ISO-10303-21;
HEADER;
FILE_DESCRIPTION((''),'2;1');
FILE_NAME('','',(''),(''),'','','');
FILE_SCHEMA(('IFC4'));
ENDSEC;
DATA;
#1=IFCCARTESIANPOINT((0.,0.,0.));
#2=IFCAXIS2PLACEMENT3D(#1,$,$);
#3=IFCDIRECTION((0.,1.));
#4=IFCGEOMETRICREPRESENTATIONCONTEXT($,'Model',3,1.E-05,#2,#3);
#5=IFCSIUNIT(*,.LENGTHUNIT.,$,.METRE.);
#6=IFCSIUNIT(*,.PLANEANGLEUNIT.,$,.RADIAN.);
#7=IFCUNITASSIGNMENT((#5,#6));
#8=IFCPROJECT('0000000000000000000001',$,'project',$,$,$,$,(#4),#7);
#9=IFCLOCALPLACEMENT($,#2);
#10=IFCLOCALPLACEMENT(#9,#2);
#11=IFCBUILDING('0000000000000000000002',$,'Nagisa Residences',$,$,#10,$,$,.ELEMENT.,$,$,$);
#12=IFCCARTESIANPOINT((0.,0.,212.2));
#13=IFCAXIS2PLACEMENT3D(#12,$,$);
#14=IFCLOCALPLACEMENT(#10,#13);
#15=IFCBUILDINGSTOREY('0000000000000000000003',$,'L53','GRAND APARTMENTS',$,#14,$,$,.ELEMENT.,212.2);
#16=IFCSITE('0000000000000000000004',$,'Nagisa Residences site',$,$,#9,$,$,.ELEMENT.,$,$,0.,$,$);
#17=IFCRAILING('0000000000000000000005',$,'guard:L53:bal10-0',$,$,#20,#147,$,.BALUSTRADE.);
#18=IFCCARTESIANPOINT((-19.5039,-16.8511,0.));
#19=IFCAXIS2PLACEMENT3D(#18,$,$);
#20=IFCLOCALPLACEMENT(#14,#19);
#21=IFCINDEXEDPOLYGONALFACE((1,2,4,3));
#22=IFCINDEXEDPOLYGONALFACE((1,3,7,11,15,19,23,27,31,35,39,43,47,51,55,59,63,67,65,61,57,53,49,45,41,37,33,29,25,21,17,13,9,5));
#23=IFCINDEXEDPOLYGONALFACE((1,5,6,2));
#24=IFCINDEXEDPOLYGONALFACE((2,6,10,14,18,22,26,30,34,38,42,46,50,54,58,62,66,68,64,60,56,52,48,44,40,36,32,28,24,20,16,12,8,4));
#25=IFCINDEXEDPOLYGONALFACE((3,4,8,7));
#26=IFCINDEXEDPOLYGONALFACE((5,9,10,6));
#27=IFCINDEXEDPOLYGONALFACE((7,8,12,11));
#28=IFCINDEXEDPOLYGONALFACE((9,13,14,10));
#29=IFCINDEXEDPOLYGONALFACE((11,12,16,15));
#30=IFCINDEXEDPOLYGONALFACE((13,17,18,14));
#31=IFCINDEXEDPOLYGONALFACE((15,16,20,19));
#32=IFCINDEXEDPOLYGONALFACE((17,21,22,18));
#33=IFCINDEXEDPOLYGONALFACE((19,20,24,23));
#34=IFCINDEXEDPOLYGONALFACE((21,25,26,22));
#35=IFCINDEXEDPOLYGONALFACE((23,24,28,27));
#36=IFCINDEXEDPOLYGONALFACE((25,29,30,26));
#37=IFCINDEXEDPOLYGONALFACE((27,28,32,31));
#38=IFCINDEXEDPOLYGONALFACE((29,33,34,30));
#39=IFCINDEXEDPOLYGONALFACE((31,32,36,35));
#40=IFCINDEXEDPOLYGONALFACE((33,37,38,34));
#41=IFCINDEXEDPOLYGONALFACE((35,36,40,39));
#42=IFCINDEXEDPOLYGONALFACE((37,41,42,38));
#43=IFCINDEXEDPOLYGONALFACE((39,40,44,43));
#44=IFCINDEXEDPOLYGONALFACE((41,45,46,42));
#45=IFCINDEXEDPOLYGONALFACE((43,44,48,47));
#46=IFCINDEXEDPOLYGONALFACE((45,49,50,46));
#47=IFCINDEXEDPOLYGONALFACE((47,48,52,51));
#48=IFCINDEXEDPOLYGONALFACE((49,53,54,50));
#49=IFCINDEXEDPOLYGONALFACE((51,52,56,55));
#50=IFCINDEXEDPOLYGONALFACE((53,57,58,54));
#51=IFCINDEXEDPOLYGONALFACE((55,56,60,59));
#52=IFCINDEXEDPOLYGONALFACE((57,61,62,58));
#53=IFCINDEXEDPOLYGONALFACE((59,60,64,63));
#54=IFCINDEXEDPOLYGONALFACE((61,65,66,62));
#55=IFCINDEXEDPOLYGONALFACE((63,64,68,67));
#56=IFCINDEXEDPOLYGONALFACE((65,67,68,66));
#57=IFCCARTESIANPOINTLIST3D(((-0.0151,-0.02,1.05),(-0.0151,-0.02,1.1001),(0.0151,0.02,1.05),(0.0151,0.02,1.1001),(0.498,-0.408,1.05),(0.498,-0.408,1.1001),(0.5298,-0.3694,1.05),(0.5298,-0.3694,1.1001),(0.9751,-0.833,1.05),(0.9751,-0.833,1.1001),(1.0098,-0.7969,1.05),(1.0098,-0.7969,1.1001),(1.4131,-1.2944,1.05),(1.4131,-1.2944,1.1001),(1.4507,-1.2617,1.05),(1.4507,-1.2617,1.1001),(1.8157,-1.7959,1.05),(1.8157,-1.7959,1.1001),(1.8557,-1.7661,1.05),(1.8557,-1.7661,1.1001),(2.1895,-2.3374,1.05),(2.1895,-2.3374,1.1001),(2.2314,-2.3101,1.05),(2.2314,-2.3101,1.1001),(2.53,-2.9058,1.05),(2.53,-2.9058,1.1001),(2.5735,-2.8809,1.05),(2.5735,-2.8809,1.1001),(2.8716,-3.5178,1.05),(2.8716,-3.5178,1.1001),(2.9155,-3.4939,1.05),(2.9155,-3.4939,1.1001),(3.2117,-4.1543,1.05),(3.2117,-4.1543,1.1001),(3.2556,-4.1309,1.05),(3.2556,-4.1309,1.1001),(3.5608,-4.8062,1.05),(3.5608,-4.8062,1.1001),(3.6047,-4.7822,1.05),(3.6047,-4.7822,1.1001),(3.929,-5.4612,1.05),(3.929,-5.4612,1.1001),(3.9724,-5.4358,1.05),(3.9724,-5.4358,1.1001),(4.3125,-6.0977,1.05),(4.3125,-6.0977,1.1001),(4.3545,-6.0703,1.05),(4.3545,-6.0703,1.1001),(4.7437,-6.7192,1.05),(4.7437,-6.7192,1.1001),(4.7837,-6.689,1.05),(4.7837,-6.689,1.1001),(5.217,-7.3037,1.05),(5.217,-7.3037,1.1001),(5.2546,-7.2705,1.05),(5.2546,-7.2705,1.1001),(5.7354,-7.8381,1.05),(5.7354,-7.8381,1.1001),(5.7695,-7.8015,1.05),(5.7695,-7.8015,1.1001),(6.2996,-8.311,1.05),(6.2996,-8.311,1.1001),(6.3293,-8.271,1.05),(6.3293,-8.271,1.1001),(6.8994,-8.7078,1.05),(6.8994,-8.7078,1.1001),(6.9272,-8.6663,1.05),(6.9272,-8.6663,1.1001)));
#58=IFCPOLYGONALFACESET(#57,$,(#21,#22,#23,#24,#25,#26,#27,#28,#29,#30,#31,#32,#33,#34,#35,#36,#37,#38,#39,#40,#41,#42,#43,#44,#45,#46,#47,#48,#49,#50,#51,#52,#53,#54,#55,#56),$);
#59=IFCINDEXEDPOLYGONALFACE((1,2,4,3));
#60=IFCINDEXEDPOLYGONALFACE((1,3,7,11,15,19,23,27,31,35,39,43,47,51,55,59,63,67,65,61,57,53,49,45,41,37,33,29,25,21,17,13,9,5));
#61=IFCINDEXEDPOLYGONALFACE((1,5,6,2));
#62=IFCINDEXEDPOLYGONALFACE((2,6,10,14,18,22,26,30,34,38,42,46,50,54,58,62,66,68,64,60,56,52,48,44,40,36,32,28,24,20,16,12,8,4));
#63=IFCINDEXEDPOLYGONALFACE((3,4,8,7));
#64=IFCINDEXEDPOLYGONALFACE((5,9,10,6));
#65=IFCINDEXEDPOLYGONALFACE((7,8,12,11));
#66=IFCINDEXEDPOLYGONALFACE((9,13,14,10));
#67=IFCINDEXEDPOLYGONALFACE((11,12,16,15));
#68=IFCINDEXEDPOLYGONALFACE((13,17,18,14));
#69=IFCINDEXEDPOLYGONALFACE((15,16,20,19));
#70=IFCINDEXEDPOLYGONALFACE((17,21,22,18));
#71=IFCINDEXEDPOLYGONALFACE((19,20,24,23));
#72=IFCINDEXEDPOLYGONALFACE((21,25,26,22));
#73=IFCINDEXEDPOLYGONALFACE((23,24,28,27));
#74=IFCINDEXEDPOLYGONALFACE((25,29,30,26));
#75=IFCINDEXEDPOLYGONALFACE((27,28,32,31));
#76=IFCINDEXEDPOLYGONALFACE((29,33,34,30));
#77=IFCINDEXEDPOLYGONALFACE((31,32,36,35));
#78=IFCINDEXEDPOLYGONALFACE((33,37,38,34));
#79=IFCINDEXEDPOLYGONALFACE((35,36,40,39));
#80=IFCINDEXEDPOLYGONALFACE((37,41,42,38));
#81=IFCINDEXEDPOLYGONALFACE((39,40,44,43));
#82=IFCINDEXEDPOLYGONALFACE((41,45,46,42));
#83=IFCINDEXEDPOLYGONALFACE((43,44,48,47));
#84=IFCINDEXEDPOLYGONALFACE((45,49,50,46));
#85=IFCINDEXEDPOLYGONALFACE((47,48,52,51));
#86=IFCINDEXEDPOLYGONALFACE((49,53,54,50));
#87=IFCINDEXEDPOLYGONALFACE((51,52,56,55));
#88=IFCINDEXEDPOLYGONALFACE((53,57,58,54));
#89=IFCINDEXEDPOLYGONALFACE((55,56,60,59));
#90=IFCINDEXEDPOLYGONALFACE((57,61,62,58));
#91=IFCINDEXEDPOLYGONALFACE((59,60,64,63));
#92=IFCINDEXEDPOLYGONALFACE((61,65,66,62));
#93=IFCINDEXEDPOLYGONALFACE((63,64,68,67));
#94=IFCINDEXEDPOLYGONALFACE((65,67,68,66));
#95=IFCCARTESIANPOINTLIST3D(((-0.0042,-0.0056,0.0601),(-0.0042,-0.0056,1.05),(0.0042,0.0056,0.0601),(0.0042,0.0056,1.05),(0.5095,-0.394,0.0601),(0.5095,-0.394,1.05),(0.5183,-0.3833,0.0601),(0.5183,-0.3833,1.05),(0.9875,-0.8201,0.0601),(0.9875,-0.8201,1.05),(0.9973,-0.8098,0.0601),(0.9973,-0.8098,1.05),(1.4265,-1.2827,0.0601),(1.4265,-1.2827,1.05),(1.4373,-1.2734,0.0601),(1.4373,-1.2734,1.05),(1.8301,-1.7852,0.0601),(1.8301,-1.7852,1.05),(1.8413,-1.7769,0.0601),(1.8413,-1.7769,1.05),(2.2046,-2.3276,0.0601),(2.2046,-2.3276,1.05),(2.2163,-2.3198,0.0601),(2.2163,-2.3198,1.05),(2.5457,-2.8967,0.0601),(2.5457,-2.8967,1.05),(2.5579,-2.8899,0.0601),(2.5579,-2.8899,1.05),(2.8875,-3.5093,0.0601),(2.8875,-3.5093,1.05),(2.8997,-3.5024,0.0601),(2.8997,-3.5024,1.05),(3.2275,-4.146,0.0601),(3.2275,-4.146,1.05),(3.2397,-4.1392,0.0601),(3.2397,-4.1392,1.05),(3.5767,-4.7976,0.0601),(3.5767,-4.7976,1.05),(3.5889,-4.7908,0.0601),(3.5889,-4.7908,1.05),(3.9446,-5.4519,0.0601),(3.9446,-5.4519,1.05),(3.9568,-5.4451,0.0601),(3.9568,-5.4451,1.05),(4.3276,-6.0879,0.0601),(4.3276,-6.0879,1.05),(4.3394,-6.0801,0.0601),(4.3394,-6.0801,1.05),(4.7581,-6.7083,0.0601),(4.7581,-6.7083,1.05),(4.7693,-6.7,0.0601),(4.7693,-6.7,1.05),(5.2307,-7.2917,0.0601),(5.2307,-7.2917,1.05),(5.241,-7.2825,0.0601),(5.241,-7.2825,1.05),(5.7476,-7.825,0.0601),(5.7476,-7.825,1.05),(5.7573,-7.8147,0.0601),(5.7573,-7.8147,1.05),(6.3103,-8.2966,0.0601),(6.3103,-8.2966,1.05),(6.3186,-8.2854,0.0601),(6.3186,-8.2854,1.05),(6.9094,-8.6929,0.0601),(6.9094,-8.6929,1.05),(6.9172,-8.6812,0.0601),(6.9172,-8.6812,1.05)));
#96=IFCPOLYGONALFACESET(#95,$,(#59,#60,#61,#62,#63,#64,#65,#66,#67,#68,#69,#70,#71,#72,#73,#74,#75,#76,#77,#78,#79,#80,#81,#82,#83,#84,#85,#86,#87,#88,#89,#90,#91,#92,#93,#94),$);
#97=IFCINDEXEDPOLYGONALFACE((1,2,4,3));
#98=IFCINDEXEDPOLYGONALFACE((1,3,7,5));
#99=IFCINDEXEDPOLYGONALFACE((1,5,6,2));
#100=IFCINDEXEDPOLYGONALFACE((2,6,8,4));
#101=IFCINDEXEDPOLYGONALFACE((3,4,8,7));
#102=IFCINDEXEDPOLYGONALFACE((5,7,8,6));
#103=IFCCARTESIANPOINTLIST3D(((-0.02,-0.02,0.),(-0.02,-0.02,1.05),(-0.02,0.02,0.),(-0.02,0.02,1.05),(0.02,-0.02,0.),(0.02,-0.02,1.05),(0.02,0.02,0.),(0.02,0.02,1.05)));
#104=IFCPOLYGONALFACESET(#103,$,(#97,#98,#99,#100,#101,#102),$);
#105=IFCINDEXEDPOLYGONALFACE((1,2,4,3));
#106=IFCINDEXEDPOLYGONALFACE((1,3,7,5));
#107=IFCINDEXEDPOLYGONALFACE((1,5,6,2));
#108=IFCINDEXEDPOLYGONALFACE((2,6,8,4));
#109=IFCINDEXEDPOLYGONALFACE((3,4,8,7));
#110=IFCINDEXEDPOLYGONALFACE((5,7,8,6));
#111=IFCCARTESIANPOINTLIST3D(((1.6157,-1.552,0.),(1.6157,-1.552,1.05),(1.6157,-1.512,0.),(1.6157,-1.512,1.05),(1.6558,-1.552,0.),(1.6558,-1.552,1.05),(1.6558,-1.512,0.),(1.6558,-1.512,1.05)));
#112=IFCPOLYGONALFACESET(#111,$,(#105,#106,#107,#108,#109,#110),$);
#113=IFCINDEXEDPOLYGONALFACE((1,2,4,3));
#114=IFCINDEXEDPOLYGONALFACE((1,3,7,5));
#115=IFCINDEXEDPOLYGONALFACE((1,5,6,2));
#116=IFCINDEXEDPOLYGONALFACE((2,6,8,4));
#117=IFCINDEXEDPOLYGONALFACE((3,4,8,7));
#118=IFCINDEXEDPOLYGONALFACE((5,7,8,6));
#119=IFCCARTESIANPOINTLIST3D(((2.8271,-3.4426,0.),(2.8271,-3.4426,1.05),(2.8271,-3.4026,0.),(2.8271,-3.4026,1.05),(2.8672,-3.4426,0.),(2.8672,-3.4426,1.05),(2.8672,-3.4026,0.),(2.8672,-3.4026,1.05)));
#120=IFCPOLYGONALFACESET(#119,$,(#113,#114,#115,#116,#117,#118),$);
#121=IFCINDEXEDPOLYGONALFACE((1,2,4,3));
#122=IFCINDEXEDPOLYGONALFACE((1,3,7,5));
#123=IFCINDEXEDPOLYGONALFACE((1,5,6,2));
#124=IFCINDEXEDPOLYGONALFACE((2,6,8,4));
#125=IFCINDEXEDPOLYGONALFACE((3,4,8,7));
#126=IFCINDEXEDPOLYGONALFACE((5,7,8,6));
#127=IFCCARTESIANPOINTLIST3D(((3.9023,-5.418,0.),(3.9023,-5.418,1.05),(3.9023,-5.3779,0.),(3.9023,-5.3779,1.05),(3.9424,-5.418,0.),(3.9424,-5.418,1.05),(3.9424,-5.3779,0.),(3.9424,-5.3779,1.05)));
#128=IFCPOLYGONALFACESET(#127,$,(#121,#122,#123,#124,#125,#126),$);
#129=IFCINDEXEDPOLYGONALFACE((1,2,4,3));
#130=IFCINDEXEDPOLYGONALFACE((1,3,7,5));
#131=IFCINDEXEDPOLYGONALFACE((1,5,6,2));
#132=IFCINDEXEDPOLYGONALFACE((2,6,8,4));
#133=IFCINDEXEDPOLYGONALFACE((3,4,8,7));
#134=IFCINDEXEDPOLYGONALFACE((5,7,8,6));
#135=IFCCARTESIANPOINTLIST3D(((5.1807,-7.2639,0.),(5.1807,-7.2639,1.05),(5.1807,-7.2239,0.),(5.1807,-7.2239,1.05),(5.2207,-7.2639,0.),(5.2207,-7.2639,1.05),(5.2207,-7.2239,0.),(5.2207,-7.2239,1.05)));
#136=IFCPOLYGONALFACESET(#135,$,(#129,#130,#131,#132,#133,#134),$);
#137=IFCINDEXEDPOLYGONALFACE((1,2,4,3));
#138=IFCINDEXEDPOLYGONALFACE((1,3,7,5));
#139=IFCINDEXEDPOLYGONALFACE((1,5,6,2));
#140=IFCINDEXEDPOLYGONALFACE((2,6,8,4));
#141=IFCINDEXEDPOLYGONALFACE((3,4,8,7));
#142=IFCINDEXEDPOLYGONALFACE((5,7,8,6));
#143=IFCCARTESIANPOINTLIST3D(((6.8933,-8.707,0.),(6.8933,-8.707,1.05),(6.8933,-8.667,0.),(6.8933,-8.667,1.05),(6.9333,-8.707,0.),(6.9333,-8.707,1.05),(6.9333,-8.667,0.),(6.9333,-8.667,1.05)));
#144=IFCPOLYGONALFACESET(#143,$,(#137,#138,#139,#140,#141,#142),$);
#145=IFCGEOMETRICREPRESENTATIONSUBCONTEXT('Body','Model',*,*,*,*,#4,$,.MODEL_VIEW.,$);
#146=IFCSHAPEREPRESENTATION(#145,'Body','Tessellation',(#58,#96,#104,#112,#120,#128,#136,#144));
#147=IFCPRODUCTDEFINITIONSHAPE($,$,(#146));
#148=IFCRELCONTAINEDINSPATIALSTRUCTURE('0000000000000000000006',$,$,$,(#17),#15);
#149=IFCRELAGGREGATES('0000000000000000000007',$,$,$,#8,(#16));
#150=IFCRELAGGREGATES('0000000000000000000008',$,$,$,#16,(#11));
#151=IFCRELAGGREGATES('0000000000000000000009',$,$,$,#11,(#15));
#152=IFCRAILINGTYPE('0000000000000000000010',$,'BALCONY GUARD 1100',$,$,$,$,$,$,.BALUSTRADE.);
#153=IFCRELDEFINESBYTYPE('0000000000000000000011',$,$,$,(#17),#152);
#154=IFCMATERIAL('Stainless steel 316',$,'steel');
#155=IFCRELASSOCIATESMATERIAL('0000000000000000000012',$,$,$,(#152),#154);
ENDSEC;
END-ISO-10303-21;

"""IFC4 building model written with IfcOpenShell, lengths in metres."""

from ifc_helpers import new_model, si_unit, direction, frame, origin, origin_2d, place, context, subcontext, project, spatial, polyline, rectangle, outline, extrude, material, type_object, element, save


model = new_model("IFC4")

# Units and contexts
model_context = context("Model", 3, precision=1e-05, world=origin(), true_north=direction((0.0, 1.0)))
body_context = subcontext(model_context, "Body", "Model", "MODEL_VIEW")
ifc_project = project(units=[si_unit("LENGTHUNIT", "METRE"), si_unit("PLANEANGLEUNIT", "RADIAN")], contexts=[model_context])

# Site, building, storey
site_placement = place(None, origin())
site = spatial("IfcSite", under=ifc_project, at=site_placement, Name="Nagisa Residences site", CompositionType="ELEMENT", RefElevation=0.0)
building_placement = place(site_placement, origin())
building = spatial("IfcBuilding", under=site, at=building_placement, Name="Nagisa Residences", CompositionType="ELEMENT")
storey_placement = place(building_placement, frame((0.0, 0.0, 212.2)))
storey = spatial("IfcBuildingStorey", under=building, at=storey_placement, Name="L53", Description="GRAND APARTMENTS", CompositionType="ELEMENT", Elevation=212.2)

# Railing
ifc_material_1 = material(Name="Stainless steel 316", Category="steel")
railing_type_1 = type_object("IfcRailingType", Name="BALCONY GUARD 1100", PredefinedType="BALUSTRADE", material=ifc_material_1)
railing_1_placement = place(storey_placement, frame((-19.5039, -16.8511, 0.0)))
element("IfcRailing", 1, at=railing_1_placement, inside=storey, type_object=railing_type_1, Name="guard:L53:bal10-0", PredefinedType="BALUSTRADE", context=body_context, shape_type="SweptSolid", body=[
    extrude(outline(polyline([(0.5298, -0.3694), (0.0151, 0.02), (-0.0151, -0.02), (0.498, -0.408), (0.9751, -0.833), (1.4131, -1.2944), (1.8157, -1.7959), (2.1895, -2.3374), (2.53, -2.9058), (2.8716, -3.5178), (3.2117, -4.1543), (3.5608, -4.8062), (3.929, -5.4612), (4.3125, -6.0977), (4.7437, -6.7192), (5.217, -7.3037), (5.7354, -7.8381), (6.2996, -8.311), (6.8994, -8.7078), (6.9272, -8.6663), (6.3293, -8.271), (5.7695, -7.8015), (5.2546, -7.2705), (4.7837, -6.689), (4.3545, -6.0703), (3.9724, -5.4358), (3.6047, -4.7822), (3.2556, -4.1309), (2.9155, -3.4939), (2.5735, -2.8809), (2.2314, -2.3101), (1.8557, -1.7661), (1.4507, -1.2617), (1.0098, -0.7969), (0.5298, -0.3694)])), frame((0.0, 0.0, 1.05)), (0.0, 0.0, 1.0), 0.05),
    extrude(outline(polyline([(0.5183, -0.3833), (0.0042, 0.0056), (-0.0042, -0.0056), (0.5095, -0.394), (0.9875, -0.8201), (1.4265, -1.2827), (1.8301, -1.7852), (2.2046, -2.3276), (2.5457, -2.8967), (2.8875, -3.5093), (3.2275, -4.146), (3.5767, -4.7976), (3.9446, -5.4519), (4.3276, -6.0879), (4.7581, -6.7083), (5.2307, -7.2917), (5.7476, -7.825), (6.3103, -8.2966), (6.9094, -8.6929), (6.9172, -8.6812), (6.3186, -8.2854), (5.7573, -7.8147), (5.241, -7.2825), (4.7693, -6.7), (4.3394, -6.0801), (3.9568, -5.4451), (3.5889, -4.7908), (3.2397, -4.1392), (2.8997, -3.5024), (2.5579, -2.8899), (2.2163, -2.3198), (1.8413, -1.7769), (1.4373, -1.2734), (0.9973, -0.8098), (0.5183, -0.3833)])), frame((0.0, 0.0, 0.0601)), (0.0, 0.0, 1.0), 0.99),
    extrude(rectangle(XDim=0.04, YDim=0.04, at=origin_2d()), origin(), (0.0, 0.0, 1.0), 1.05),
    extrude(rectangle(XDim=0.04, YDim=0.04, at=origin_2d()), frame((1.6357, -1.532, 0.0)), (0.0, 0.0, 1.0), 1.05),
    extrude(rectangle(XDim=0.04, YDim=0.04, at=origin_2d()), frame((2.8472, -3.4226, 0.0)), (0.0, 0.0, 1.0), 1.05),
    extrude(rectangle(XDim=0.04, YDim=0.04, at=origin_2d()), frame((3.9224, -5.3979, 0.0)), (0.0, 0.0, 1.0), 1.05),
    extrude(rectangle(XDim=0.04, YDim=0.04, at=origin_2d()), frame((5.2007, -7.2439, 0.0)), (0.0, 0.0, 1.0), 1.05),
    extrude(rectangle(XDim=0.04, YDim=0.04, at=origin_2d()), frame((6.9133, -8.687, 0.0)), (0.0, 0.0, 1.0), 1.05),
])

save(model, "model.ifc")
